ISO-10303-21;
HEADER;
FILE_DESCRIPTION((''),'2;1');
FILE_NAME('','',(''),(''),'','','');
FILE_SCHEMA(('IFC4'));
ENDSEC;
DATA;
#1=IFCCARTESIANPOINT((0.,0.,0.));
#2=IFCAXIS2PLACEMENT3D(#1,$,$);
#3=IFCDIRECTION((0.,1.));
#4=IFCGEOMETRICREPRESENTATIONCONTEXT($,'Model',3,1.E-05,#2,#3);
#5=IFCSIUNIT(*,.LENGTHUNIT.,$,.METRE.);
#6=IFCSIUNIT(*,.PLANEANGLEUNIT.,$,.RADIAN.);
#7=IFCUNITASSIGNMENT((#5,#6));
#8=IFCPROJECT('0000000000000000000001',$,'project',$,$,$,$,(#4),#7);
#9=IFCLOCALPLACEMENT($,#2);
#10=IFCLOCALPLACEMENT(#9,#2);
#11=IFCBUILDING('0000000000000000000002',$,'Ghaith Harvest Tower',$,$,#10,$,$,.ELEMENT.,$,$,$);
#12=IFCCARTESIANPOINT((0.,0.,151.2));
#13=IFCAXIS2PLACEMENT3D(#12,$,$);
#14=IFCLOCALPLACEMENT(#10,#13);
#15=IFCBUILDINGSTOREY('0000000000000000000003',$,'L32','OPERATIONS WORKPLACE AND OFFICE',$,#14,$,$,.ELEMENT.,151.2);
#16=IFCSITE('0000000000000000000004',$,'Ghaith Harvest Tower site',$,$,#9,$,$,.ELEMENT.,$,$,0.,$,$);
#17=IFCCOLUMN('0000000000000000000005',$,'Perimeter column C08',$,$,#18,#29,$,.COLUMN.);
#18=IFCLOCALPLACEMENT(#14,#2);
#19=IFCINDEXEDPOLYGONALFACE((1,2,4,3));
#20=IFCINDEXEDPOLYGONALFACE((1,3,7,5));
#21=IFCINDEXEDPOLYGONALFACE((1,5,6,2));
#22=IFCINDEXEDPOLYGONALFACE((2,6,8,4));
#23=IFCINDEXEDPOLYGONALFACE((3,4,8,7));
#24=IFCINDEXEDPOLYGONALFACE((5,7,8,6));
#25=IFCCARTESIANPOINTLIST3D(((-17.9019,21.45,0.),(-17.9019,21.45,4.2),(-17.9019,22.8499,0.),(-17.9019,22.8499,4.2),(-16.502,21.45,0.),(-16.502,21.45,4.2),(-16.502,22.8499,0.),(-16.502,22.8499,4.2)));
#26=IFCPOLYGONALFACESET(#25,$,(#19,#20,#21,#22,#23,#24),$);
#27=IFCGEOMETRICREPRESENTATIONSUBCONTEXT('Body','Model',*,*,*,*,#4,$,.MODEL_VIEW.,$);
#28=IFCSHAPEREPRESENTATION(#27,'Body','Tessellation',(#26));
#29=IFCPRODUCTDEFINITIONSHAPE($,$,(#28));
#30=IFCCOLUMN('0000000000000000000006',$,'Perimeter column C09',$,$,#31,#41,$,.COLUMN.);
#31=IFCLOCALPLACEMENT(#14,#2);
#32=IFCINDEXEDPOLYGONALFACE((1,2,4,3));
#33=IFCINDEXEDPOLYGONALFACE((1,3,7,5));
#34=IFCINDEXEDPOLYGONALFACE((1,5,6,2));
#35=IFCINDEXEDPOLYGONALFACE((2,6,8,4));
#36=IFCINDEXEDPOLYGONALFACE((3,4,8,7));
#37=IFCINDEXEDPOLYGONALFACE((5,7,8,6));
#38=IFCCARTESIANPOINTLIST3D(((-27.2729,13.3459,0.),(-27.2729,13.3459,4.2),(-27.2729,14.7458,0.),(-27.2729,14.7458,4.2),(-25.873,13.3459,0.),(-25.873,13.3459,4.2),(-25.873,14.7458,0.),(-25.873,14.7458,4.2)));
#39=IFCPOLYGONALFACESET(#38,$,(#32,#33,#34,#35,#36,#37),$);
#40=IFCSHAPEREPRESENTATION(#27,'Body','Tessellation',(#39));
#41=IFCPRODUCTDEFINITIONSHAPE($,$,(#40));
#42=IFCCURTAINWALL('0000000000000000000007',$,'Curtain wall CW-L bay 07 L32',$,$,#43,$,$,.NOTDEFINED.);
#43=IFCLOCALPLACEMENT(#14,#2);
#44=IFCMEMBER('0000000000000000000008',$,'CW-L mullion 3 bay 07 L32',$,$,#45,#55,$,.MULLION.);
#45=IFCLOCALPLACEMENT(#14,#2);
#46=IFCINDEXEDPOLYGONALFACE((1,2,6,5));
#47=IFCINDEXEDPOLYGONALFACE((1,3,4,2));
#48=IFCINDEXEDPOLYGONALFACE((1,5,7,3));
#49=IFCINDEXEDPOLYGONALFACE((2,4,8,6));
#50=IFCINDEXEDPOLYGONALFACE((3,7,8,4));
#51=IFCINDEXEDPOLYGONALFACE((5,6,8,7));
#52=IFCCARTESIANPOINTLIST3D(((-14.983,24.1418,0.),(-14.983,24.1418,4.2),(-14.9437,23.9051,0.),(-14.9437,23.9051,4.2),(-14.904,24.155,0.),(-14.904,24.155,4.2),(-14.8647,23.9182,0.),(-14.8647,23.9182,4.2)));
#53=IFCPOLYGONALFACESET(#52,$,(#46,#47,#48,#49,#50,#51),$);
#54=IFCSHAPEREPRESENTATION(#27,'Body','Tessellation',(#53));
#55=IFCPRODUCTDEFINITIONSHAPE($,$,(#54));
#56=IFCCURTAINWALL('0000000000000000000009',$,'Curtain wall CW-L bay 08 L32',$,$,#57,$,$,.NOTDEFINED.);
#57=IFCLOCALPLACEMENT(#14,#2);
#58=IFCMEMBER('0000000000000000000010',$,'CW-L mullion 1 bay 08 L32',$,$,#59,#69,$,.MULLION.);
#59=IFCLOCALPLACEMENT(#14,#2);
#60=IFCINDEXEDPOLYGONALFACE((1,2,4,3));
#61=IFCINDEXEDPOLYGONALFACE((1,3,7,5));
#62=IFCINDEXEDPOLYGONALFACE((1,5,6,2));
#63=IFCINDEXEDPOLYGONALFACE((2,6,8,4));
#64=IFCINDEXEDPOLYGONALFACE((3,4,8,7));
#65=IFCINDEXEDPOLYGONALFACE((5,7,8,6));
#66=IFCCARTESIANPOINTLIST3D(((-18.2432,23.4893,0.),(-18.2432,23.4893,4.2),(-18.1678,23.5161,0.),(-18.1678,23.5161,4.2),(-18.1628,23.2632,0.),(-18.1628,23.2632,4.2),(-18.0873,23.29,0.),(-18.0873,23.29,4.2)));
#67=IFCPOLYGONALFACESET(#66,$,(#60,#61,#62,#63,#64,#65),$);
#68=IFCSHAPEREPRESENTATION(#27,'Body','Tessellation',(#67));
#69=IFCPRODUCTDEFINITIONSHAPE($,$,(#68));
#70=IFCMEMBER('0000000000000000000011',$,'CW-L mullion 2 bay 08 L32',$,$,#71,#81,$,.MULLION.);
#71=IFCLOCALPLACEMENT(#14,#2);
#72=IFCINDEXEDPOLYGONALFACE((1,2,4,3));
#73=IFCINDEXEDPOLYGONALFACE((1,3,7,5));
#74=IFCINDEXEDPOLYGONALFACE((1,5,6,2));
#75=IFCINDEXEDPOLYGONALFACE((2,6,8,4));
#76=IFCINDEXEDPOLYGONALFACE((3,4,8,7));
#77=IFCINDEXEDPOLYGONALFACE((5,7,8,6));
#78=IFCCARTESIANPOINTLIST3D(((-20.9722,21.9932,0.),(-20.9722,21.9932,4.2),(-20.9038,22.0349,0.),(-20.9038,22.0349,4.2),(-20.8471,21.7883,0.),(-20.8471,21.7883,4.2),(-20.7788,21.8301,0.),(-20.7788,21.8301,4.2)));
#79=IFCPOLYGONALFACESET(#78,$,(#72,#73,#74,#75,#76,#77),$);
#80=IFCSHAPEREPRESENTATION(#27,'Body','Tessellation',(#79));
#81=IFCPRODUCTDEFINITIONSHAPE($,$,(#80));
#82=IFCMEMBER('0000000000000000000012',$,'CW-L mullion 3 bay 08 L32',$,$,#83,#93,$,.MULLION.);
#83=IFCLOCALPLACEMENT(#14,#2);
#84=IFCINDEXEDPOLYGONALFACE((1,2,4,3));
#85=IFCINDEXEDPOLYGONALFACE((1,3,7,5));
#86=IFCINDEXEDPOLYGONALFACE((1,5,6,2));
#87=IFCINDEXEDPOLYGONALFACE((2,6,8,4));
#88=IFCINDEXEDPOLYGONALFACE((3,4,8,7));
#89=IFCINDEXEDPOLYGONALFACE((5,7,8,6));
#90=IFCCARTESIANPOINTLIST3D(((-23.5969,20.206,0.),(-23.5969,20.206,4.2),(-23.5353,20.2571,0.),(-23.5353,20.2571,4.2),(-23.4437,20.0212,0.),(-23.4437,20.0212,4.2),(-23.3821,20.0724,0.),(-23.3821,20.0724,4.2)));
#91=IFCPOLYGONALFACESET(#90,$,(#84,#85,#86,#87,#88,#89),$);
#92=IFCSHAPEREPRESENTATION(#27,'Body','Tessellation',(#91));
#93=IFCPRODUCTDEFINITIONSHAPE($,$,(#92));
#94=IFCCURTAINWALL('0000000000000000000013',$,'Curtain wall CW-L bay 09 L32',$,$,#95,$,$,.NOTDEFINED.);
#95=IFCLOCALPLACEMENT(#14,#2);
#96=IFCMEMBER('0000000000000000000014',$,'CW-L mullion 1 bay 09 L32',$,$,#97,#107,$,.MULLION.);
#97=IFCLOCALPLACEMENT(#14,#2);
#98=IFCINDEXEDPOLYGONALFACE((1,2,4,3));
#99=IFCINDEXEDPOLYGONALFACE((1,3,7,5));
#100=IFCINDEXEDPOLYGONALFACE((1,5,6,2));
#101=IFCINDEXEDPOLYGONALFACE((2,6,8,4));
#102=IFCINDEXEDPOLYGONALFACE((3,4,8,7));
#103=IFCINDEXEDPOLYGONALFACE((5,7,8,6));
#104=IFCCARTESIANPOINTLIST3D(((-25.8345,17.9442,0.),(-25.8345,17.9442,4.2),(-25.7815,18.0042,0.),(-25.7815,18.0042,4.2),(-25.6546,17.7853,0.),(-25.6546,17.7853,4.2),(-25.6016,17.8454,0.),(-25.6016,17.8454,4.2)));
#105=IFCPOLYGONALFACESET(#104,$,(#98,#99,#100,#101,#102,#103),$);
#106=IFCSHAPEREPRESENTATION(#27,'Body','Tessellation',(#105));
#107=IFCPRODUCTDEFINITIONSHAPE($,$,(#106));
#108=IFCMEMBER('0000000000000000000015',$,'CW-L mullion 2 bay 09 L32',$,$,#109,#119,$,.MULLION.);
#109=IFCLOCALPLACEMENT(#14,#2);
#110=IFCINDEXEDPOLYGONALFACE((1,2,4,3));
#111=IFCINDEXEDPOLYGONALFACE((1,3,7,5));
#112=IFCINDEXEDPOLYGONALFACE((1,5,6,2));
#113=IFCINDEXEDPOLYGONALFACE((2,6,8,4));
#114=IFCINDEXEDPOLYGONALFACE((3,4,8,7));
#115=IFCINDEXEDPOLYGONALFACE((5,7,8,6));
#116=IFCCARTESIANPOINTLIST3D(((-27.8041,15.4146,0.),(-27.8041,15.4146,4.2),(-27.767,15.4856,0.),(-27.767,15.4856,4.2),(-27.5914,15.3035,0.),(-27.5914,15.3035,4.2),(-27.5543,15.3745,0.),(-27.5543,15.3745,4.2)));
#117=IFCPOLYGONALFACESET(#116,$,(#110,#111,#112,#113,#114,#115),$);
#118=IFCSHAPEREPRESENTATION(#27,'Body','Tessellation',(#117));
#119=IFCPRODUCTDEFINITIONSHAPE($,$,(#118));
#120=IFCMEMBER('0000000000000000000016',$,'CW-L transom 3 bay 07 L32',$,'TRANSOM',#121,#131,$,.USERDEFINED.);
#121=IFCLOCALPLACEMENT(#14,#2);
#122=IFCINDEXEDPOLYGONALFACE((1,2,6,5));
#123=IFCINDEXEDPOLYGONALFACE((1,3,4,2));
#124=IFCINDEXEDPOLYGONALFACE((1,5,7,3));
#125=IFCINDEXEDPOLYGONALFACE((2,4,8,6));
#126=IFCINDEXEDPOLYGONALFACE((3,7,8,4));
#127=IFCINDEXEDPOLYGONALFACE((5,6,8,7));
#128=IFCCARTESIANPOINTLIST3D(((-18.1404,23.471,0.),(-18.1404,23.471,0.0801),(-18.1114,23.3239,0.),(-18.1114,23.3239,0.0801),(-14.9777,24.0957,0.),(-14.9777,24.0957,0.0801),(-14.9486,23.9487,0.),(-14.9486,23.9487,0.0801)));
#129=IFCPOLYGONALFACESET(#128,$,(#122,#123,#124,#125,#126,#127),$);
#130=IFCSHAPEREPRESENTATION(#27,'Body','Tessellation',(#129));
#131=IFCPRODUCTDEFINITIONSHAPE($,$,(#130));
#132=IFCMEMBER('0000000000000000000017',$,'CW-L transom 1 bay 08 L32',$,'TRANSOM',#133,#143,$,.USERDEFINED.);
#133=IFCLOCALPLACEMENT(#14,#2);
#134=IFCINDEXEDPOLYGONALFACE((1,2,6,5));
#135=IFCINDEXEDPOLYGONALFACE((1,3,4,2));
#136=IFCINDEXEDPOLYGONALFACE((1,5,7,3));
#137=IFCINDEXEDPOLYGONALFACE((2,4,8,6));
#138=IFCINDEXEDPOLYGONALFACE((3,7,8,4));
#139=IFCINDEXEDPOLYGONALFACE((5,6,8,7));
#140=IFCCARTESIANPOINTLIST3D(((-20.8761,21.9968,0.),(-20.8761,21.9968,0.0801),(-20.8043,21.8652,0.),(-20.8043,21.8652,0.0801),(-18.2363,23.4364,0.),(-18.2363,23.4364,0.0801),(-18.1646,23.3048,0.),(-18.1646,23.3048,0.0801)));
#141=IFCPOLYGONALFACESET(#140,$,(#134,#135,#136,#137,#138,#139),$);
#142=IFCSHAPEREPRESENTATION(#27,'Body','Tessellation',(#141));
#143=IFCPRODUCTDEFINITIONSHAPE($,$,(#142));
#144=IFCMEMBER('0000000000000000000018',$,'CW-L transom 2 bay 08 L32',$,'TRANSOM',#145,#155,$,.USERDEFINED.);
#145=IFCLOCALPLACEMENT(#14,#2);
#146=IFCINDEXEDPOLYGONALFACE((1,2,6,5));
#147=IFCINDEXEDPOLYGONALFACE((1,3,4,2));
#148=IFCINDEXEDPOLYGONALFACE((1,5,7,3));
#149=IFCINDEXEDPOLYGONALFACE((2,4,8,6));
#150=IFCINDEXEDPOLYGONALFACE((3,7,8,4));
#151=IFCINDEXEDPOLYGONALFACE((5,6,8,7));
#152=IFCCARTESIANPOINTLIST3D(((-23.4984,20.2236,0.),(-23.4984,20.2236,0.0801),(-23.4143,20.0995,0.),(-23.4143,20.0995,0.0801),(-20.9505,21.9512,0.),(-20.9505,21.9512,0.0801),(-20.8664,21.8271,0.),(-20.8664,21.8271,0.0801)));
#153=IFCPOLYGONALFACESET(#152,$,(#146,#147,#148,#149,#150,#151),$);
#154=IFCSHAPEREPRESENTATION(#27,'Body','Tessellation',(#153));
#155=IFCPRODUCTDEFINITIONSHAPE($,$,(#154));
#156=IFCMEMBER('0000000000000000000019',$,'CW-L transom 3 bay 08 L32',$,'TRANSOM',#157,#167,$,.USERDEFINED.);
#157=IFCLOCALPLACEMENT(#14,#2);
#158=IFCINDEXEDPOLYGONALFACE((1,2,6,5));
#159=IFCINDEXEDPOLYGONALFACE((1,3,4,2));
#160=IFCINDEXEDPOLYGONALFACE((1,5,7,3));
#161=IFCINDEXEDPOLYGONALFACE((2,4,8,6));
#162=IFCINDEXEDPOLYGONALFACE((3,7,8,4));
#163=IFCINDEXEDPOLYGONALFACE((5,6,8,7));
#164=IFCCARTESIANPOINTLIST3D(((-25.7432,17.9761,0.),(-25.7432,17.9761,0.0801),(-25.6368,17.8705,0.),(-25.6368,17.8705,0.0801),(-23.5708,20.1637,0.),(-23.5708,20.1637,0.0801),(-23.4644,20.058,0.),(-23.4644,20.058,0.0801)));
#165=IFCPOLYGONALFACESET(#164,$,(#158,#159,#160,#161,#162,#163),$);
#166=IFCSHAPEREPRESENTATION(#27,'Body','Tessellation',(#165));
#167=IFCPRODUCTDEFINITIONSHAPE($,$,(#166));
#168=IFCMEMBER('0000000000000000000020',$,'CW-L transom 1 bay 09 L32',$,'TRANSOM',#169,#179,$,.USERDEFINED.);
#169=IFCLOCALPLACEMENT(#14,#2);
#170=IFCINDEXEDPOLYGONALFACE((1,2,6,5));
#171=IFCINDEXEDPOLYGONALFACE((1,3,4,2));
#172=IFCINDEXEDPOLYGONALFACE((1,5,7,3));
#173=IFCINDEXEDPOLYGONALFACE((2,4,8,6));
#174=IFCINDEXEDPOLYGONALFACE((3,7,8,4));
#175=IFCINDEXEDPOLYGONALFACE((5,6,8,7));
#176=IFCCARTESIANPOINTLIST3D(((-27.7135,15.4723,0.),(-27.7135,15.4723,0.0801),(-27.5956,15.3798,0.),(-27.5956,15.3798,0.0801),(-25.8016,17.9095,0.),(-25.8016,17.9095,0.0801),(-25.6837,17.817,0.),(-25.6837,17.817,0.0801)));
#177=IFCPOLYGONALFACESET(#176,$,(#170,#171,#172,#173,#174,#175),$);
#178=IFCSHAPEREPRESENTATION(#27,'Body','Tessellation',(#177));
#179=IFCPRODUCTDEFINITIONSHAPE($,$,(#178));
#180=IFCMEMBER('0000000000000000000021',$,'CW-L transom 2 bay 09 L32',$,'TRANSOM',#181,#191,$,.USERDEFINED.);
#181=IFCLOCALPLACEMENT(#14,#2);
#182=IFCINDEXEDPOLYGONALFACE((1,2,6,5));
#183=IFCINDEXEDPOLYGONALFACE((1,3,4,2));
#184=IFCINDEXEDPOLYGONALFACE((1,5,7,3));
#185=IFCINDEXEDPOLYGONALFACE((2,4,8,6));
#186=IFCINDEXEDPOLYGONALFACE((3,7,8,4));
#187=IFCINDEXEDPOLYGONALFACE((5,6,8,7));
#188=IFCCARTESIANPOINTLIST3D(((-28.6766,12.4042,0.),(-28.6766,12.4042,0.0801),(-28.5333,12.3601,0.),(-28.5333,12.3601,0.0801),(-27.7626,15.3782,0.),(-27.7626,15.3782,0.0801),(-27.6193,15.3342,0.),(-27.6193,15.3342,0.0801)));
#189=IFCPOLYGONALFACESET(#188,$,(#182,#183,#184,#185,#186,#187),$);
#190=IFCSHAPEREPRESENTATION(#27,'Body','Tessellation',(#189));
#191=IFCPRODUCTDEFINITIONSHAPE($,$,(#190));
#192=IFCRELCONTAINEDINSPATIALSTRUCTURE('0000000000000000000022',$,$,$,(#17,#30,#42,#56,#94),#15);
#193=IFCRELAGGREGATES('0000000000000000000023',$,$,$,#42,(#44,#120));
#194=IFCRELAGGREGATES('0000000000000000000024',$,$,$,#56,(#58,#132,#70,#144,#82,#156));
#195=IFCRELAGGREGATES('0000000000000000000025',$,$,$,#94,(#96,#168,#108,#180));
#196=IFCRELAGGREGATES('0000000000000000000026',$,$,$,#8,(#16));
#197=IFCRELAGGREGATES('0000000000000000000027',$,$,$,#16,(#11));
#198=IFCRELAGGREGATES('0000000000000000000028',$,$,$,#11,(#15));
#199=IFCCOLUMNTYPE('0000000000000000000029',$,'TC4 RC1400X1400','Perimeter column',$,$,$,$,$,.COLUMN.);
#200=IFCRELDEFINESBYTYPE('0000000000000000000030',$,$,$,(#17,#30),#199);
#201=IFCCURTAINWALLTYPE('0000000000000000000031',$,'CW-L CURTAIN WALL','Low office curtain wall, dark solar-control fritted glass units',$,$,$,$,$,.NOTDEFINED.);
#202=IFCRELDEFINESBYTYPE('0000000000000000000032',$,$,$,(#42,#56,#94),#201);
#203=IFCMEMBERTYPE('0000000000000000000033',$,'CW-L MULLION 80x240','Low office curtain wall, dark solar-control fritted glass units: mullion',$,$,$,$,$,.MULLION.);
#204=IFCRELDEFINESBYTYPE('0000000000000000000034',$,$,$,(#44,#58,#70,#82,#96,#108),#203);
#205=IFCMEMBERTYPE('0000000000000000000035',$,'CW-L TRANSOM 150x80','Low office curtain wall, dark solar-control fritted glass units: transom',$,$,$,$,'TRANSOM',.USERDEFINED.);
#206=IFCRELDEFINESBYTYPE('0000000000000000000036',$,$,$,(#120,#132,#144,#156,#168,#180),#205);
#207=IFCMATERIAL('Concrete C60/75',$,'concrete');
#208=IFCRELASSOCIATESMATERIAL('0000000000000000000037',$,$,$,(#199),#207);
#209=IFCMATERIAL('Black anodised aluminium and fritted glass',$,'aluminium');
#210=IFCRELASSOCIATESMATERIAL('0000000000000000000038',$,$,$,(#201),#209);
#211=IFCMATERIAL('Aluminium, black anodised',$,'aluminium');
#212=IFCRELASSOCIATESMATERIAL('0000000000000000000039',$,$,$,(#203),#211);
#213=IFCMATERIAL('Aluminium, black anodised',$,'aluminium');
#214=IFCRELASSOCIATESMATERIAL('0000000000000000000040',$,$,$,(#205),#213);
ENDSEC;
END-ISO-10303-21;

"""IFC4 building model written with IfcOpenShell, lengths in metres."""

from ifc_helpers import new_model, si_unit, direction, frame, origin, origin_2d, place, context, subcontext, project, spatial, rectangle, extrude, material, material_profile, profile_set, type_object, element, aggregate, save


model = new_model("IFC4")

# Units and contexts
model_context = context("Model", 3, precision=1e-05, world=origin(), true_north=direction((0.0, 1.0)))
body_context = subcontext(model_context, "Body", "Model", "MODEL_VIEW")
ifc_project = project(units=[si_unit("LENGTHUNIT", "METRE"), si_unit("PLANEANGLEUNIT", "RADIAN")], contexts=[model_context])

# Site, building, storey
site_placement = place(None, origin())
site = spatial("IfcSite", under=ifc_project, at=site_placement, Name="Ghaith Harvest Tower site", CompositionType="ELEMENT", RefElevation=0.0)
building_placement = place(site_placement, origin())
building = spatial("IfcBuilding", under=site, at=building_placement, Name="Ghaith Harvest Tower", CompositionType="ELEMENT")
storey_placement = place(building_placement, frame((0.0, 0.0, 151.2)))
storey = spatial("IfcBuildingStorey", under=building, at=storey_placement, Name="L32", Description="OPERATIONS WORKPLACE AND OFFICE", CompositionType="ELEMENT", Elevation=151.2)

# Columns
ifc_material_1 = material(Name="Concrete C60/75", Category="concrete")
ifc_material_profile_1 = material_profile(ifc_material_1, rectangle(XDim=1.3999, YDim=1.3999, at=origin_2d()), Name="RC1400X1400")
ifc_profile_set_1 = profile_set([ifc_material_profile_1], Name="Concrete C60/75")
column_type = type_object("IfcColumnType", Name="TC4 RC1400X1400", Description="Perimeter column", PredefinedType="COLUMN", material=ifc_profile_set_1)
for number, where, z_axis, x_axis, name in (
    (1, (-17.2019, 22.1499, 0.0), (0.0, 0.0, 1.0), (1.0, 0.0, 0.0), "Perimeter column C08"),
    (2, (-26.573, 14.0459, 0.0), (0.0, 0.0, 1.0), (1.0, 0.0, 0.0), "Perimeter column C09"),
):
    element("IfcColumn", number, at=place(storey_placement, frame(where, z_axis=z_axis, x_axis=x_axis)), inside=storey, type_object=column_type, Name=name, PredefinedType="COLUMN", context=body_context, shape_type="SweptSolid", body=[
        extrude(rectangle(XDim=1.3999, YDim=1.3999, at=origin_2d()), origin(), (0.0, 0.0, 1.0), 4.2),
    ])

# Curtain wall, member
ifc_material_2 = material(Name="Black anodised aluminium and fritted glass", Category="aluminium")
curtain_wall_type = type_object("IfcCurtainWallType", Name="CW-L CURTAIN WALL", Description="Low office curtain wall, dark solar-control fritted glass units", PredefinedType="NOTDEFINED", material=ifc_material_2)
curtain_wall_1_placement = place(storey_placement, origin())
curtain_wall_1 = element("IfcCurtainWall", 3, at=curtain_wall_1_placement, inside=storey, type_object=curtain_wall_type, Name="Curtain wall CW-L bay 07 L32", PredefinedType="NOTDEFINED")
ifc_material_3 = material(Name="Aluminium, black anodised", Category="aluminium")
ifc_material_profile_2 = material_profile(ifc_material_3, rectangle(XDim=0.0801, YDim=0.24, at=origin_2d()), Name="CW-L MULLION 80x240")
ifc_profile_set_2 = profile_set([ifc_material_profile_2], Name="Aluminium, black anodised")
member_type_1 = type_object("IfcMemberType", Name="CW-L MULLION 80x240", Description="Low office curtain wall, dark solar-control fritted glass units: mullion", PredefinedType="MULLION", material=ifc_profile_set_2)
member_1_placement = place(storey_placement, frame((-14.9238, 24.03, 0.0), z_axis=(0.0, 0.0, 1.0), x_axis=(-0.986495, -0.163794, 0.0)))
member_1 = element("IfcMember", 4, at=member_1_placement, type_object=member_type_1, Name="CW-L mullion 3 bay 07 L32", PredefinedType="MULLION", context=body_context, shape_type="SweptSolid", body=[
    extrude(rectangle(XDim=0.0801, YDim=0.24, at=origin_2d()), origin(), (0.0, 0.0, 1.0), 4.2),
])

# Curtain walls, members
curtain_wall_2_placement = place(storey_placement, origin())
curtain_wall_2 = element("IfcCurtainWall", 5, at=curtain_wall_2_placement, inside=storey, type_object=curtain_wall_type, Name="Curtain wall CW-L bay 08 L32", PredefinedType="NOTDEFINED")
member_2_placement = place(storey_placement, frame((-18.1653, 23.3896, 0.0), z_axis=(0.0, 0.0, 1.0), x_axis=(-0.942104, -0.335322, 0.0)))
member_2 = element("IfcMember", 6, at=member_2_placement, type_object=member_type_1, Name="CW-L mullion 1 bay 08 L32", PredefinedType="MULLION", context=body_context, shape_type="SweptSolid", body=[
    extrude(rectangle(XDim=0.0801, YDim=0.24, at=origin_2d()), origin(), (0.0, 0.0, 1.0), 4.2),
])
member_3_placement = place(storey_placement, frame((-20.8755, 21.9116, 0.0), z_axis=(0.0, 0.0, 1.0), x_axis=(-0.853516, -0.521067, 0.0)))
member_3 = element("IfcMember", 7, at=member_3_placement, type_object=member_type_1, Name="CW-L mullion 2 bay 08 L32", PredefinedType="MULLION", context=body_context, shape_type="SweptSolid", body=[
    extrude(rectangle(XDim=0.0801, YDim=0.24, at=origin_2d()), origin(), (0.0, 0.0, 1.0), 4.2),
])
member_4_placement = place(storey_placement, frame((-23.4895, 20.1392, 0.0), z_axis=(0.0, 0.0, 1.0), x_axis=(-0.769683, -0.638427, 0.0)))
member_4 = element("IfcMember", 8, at=member_4_placement, type_object=member_type_1, Name="CW-L mullion 3 bay 08 L32", PredefinedType="MULLION", context=body_context, shape_type="SweptSolid", body=[
    extrude(rectangle(XDim=0.0801, YDim=0.24, at=origin_2d()), origin(), (0.0, 0.0, 1.0), 4.2),
])
curtain_wall_3_placement = place(storey_placement, origin())
curtain_wall_3 = element("IfcCurtainWall", 9, at=curtain_wall_3_placement, inside=storey, type_object=curtain_wall_type, Name="Curtain wall CW-L bay 09 L32", PredefinedType="NOTDEFINED")
member_5_placement = place(storey_placement, frame((-25.718, 17.8948, 0.0), z_axis=(0.0, 0.0, 1.0), x_axis=(-0.661904, -0.749589, 0.0)))
member_5 = element("IfcMember", 10, at=member_5_placement, type_object=member_type_1, Name="CW-L mullion 1 bay 09 L32", PredefinedType="MULLION", context=body_context, shape_type="SweptSolid", body=[
    extrude(rectangle(XDim=0.0801, YDim=0.24, at=origin_2d()), origin(), (0.0, 0.0, 1.0), 4.2),
])
member_6_placement = place(storey_placement, frame((-27.6792, 15.3945, 0.0), z_axis=(0.0, 0.0, 1.0), x_axis=(-0.46289, -0.886416, 0.0)))
member_6 = element("IfcMember", 11, at=member_6_placement, type_object=member_type_1, Name="CW-L mullion 2 bay 09 L32", PredefinedType="MULLION", context=body_context, shape_type="SweptSolid", body=[
    extrude(rectangle(XDim=0.0801, YDim=0.24, at=origin_2d()), origin(), (0.0, 0.0, 1.0), 4.2),
])

# Members
ifc_material_4 = material(Name="Aluminium, black anodised", Category="aluminium")
ifc_material_profile_3 = material_profile(ifc_material_4, rectangle(XDim=0.1499, YDim=0.0801, at=origin_2d()), Name="CW-L TRANSOM 150x80")
ifc_profile_set_3 = profile_set([ifc_material_profile_3], Name="Aluminium, black anodised")
member_type_2 = type_object("IfcMemberType", Name="CW-L TRANSOM 150x80", Description="Low office curtain wall, dark solar-control fritted glass units: transom", ElementType="TRANSOM", PredefinedType="USERDEFINED", material=ifc_profile_set_3)
member_7_placement = place(storey_placement, frame((-14.9631, 24.0222, 0.04), z_axis=(-0.981044, -0.193786, 0.0), x_axis=(0.193786, -0.981044, 0.0)))
member_7 = element("IfcMember", 12, at=member_7_placement, type_object=member_type_2, Name="CW-L transom 3 bay 07 L32", ObjectType="TRANSOM", PredefinedType="USERDEFINED", context=body_context, shape_type="SweptSolid", body=[
    extrude(rectangle(XDim=0.1499, YDim=0.0801, at=origin_2d()), origin(), (0.0, 0.0, 1.0), 3.2239),
])
member_8_placement = place(storey_placement, frame((-18.2004, 23.3706, 0.04), z_axis=(-0.87793, -0.47879, 0.0), x_axis=(0.47879, -0.87793, 0.0)))
member_8 = element("IfcMember", 13, at=member_8_placement, type_object=member_type_2, Name="CW-L transom 1 bay 08 L32", ObjectType="TRANSOM", PredefinedType="USERDEFINED", context=body_context, shape_type="SweptSolid", body=[
    extrude(rectangle(XDim=0.1499, YDim=0.0801, at=origin_2d()), origin(), (0.0, 0.0, 1.0), 3.0068),
])
member_9_placement = place(storey_placement, frame((-20.9084, 21.8892, 0.04), z_axis=(-0.827681, -0.561199, 0.0), x_axis=(0.561199, -0.827681, 0.0)))
member_9 = element("IfcMember", 14, at=member_9_placement, type_object=member_type_2, Name="CW-L transom 2 bay 08 L32", ObjectType="TRANSOM", PredefinedType="USERDEFINED", context=body_context, shape_type="SweptSolid", body=[
    extrude(rectangle(XDim=0.1499, YDim=0.0801, at=origin_2d()), origin(), (0.0, 0.0, 1.0), 3.0784),
])
member_10_placement = place(storey_placement, frame((-23.5176, 20.1108, 0.04), z_axis=(-0.704648, -0.709557, 0.0), x_axis=(0.709557, -0.704648, 0.0)))
member_10 = element("IfcMember", 15, at=member_10_placement, type_object=member_type_2, Name="CW-L transom 3 bay 08 L32", ObjectType="TRANSOM", PredefinedType="USERDEFINED", context=body_context, shape_type="SweptSolid", body=[
    extrude(rectangle(XDim=0.1499, YDim=0.0801, at=origin_2d()), origin(), (0.0, 0.0, 1.0), 3.083),
])
member_11_placement = place(storey_placement, frame((-25.7427, 17.8633, 0.04), z_axis=(-0.617198, -0.786808, 0.0), x_axis=(0.786808, -0.617198, 0.0)))
member_11 = element("IfcMember", 16, at=member_11_placement, type_object=member_type_2, Name="CW-L transom 1 bay 09 L32", ObjectType="TRANSOM", PredefinedType="USERDEFINED", context=body_context, shape_type="SweptSolid", body=[
    extrude(rectangle(XDim=0.1499, YDim=0.0801, at=origin_2d()), origin(), (0.0, 0.0, 1.0), 3.0977),
])
member_12_placement = place(storey_placement, frame((-27.6909, 15.3562, 0.04), z_axis=(-0.293777, -0.955874, 0.0), x_axis=(0.955874, -0.293777, 0.0)))
member_12 = element("IfcMember", 17, at=member_12_placement, type_object=member_type_2, Name="CW-L transom 2 bay 09 L32", ObjectType="TRANSOM", PredefinedType="USERDEFINED", context=body_context, shape_type="SweptSolid", body=[
    extrude(rectangle(XDim=0.1499, YDim=0.0801, at=origin_2d()), origin(), (0.0, 0.0, 1.0), 3.1113),
])

aggregate(curtain_wall_1, [member_1, member_7])
aggregate(curtain_wall_2, [member_2, member_8, member_3, member_9, member_4, member_10])
aggregate(curtain_wall_3, [member_5, member_11, member_6, member_12])

save(model, "model.ifc")
